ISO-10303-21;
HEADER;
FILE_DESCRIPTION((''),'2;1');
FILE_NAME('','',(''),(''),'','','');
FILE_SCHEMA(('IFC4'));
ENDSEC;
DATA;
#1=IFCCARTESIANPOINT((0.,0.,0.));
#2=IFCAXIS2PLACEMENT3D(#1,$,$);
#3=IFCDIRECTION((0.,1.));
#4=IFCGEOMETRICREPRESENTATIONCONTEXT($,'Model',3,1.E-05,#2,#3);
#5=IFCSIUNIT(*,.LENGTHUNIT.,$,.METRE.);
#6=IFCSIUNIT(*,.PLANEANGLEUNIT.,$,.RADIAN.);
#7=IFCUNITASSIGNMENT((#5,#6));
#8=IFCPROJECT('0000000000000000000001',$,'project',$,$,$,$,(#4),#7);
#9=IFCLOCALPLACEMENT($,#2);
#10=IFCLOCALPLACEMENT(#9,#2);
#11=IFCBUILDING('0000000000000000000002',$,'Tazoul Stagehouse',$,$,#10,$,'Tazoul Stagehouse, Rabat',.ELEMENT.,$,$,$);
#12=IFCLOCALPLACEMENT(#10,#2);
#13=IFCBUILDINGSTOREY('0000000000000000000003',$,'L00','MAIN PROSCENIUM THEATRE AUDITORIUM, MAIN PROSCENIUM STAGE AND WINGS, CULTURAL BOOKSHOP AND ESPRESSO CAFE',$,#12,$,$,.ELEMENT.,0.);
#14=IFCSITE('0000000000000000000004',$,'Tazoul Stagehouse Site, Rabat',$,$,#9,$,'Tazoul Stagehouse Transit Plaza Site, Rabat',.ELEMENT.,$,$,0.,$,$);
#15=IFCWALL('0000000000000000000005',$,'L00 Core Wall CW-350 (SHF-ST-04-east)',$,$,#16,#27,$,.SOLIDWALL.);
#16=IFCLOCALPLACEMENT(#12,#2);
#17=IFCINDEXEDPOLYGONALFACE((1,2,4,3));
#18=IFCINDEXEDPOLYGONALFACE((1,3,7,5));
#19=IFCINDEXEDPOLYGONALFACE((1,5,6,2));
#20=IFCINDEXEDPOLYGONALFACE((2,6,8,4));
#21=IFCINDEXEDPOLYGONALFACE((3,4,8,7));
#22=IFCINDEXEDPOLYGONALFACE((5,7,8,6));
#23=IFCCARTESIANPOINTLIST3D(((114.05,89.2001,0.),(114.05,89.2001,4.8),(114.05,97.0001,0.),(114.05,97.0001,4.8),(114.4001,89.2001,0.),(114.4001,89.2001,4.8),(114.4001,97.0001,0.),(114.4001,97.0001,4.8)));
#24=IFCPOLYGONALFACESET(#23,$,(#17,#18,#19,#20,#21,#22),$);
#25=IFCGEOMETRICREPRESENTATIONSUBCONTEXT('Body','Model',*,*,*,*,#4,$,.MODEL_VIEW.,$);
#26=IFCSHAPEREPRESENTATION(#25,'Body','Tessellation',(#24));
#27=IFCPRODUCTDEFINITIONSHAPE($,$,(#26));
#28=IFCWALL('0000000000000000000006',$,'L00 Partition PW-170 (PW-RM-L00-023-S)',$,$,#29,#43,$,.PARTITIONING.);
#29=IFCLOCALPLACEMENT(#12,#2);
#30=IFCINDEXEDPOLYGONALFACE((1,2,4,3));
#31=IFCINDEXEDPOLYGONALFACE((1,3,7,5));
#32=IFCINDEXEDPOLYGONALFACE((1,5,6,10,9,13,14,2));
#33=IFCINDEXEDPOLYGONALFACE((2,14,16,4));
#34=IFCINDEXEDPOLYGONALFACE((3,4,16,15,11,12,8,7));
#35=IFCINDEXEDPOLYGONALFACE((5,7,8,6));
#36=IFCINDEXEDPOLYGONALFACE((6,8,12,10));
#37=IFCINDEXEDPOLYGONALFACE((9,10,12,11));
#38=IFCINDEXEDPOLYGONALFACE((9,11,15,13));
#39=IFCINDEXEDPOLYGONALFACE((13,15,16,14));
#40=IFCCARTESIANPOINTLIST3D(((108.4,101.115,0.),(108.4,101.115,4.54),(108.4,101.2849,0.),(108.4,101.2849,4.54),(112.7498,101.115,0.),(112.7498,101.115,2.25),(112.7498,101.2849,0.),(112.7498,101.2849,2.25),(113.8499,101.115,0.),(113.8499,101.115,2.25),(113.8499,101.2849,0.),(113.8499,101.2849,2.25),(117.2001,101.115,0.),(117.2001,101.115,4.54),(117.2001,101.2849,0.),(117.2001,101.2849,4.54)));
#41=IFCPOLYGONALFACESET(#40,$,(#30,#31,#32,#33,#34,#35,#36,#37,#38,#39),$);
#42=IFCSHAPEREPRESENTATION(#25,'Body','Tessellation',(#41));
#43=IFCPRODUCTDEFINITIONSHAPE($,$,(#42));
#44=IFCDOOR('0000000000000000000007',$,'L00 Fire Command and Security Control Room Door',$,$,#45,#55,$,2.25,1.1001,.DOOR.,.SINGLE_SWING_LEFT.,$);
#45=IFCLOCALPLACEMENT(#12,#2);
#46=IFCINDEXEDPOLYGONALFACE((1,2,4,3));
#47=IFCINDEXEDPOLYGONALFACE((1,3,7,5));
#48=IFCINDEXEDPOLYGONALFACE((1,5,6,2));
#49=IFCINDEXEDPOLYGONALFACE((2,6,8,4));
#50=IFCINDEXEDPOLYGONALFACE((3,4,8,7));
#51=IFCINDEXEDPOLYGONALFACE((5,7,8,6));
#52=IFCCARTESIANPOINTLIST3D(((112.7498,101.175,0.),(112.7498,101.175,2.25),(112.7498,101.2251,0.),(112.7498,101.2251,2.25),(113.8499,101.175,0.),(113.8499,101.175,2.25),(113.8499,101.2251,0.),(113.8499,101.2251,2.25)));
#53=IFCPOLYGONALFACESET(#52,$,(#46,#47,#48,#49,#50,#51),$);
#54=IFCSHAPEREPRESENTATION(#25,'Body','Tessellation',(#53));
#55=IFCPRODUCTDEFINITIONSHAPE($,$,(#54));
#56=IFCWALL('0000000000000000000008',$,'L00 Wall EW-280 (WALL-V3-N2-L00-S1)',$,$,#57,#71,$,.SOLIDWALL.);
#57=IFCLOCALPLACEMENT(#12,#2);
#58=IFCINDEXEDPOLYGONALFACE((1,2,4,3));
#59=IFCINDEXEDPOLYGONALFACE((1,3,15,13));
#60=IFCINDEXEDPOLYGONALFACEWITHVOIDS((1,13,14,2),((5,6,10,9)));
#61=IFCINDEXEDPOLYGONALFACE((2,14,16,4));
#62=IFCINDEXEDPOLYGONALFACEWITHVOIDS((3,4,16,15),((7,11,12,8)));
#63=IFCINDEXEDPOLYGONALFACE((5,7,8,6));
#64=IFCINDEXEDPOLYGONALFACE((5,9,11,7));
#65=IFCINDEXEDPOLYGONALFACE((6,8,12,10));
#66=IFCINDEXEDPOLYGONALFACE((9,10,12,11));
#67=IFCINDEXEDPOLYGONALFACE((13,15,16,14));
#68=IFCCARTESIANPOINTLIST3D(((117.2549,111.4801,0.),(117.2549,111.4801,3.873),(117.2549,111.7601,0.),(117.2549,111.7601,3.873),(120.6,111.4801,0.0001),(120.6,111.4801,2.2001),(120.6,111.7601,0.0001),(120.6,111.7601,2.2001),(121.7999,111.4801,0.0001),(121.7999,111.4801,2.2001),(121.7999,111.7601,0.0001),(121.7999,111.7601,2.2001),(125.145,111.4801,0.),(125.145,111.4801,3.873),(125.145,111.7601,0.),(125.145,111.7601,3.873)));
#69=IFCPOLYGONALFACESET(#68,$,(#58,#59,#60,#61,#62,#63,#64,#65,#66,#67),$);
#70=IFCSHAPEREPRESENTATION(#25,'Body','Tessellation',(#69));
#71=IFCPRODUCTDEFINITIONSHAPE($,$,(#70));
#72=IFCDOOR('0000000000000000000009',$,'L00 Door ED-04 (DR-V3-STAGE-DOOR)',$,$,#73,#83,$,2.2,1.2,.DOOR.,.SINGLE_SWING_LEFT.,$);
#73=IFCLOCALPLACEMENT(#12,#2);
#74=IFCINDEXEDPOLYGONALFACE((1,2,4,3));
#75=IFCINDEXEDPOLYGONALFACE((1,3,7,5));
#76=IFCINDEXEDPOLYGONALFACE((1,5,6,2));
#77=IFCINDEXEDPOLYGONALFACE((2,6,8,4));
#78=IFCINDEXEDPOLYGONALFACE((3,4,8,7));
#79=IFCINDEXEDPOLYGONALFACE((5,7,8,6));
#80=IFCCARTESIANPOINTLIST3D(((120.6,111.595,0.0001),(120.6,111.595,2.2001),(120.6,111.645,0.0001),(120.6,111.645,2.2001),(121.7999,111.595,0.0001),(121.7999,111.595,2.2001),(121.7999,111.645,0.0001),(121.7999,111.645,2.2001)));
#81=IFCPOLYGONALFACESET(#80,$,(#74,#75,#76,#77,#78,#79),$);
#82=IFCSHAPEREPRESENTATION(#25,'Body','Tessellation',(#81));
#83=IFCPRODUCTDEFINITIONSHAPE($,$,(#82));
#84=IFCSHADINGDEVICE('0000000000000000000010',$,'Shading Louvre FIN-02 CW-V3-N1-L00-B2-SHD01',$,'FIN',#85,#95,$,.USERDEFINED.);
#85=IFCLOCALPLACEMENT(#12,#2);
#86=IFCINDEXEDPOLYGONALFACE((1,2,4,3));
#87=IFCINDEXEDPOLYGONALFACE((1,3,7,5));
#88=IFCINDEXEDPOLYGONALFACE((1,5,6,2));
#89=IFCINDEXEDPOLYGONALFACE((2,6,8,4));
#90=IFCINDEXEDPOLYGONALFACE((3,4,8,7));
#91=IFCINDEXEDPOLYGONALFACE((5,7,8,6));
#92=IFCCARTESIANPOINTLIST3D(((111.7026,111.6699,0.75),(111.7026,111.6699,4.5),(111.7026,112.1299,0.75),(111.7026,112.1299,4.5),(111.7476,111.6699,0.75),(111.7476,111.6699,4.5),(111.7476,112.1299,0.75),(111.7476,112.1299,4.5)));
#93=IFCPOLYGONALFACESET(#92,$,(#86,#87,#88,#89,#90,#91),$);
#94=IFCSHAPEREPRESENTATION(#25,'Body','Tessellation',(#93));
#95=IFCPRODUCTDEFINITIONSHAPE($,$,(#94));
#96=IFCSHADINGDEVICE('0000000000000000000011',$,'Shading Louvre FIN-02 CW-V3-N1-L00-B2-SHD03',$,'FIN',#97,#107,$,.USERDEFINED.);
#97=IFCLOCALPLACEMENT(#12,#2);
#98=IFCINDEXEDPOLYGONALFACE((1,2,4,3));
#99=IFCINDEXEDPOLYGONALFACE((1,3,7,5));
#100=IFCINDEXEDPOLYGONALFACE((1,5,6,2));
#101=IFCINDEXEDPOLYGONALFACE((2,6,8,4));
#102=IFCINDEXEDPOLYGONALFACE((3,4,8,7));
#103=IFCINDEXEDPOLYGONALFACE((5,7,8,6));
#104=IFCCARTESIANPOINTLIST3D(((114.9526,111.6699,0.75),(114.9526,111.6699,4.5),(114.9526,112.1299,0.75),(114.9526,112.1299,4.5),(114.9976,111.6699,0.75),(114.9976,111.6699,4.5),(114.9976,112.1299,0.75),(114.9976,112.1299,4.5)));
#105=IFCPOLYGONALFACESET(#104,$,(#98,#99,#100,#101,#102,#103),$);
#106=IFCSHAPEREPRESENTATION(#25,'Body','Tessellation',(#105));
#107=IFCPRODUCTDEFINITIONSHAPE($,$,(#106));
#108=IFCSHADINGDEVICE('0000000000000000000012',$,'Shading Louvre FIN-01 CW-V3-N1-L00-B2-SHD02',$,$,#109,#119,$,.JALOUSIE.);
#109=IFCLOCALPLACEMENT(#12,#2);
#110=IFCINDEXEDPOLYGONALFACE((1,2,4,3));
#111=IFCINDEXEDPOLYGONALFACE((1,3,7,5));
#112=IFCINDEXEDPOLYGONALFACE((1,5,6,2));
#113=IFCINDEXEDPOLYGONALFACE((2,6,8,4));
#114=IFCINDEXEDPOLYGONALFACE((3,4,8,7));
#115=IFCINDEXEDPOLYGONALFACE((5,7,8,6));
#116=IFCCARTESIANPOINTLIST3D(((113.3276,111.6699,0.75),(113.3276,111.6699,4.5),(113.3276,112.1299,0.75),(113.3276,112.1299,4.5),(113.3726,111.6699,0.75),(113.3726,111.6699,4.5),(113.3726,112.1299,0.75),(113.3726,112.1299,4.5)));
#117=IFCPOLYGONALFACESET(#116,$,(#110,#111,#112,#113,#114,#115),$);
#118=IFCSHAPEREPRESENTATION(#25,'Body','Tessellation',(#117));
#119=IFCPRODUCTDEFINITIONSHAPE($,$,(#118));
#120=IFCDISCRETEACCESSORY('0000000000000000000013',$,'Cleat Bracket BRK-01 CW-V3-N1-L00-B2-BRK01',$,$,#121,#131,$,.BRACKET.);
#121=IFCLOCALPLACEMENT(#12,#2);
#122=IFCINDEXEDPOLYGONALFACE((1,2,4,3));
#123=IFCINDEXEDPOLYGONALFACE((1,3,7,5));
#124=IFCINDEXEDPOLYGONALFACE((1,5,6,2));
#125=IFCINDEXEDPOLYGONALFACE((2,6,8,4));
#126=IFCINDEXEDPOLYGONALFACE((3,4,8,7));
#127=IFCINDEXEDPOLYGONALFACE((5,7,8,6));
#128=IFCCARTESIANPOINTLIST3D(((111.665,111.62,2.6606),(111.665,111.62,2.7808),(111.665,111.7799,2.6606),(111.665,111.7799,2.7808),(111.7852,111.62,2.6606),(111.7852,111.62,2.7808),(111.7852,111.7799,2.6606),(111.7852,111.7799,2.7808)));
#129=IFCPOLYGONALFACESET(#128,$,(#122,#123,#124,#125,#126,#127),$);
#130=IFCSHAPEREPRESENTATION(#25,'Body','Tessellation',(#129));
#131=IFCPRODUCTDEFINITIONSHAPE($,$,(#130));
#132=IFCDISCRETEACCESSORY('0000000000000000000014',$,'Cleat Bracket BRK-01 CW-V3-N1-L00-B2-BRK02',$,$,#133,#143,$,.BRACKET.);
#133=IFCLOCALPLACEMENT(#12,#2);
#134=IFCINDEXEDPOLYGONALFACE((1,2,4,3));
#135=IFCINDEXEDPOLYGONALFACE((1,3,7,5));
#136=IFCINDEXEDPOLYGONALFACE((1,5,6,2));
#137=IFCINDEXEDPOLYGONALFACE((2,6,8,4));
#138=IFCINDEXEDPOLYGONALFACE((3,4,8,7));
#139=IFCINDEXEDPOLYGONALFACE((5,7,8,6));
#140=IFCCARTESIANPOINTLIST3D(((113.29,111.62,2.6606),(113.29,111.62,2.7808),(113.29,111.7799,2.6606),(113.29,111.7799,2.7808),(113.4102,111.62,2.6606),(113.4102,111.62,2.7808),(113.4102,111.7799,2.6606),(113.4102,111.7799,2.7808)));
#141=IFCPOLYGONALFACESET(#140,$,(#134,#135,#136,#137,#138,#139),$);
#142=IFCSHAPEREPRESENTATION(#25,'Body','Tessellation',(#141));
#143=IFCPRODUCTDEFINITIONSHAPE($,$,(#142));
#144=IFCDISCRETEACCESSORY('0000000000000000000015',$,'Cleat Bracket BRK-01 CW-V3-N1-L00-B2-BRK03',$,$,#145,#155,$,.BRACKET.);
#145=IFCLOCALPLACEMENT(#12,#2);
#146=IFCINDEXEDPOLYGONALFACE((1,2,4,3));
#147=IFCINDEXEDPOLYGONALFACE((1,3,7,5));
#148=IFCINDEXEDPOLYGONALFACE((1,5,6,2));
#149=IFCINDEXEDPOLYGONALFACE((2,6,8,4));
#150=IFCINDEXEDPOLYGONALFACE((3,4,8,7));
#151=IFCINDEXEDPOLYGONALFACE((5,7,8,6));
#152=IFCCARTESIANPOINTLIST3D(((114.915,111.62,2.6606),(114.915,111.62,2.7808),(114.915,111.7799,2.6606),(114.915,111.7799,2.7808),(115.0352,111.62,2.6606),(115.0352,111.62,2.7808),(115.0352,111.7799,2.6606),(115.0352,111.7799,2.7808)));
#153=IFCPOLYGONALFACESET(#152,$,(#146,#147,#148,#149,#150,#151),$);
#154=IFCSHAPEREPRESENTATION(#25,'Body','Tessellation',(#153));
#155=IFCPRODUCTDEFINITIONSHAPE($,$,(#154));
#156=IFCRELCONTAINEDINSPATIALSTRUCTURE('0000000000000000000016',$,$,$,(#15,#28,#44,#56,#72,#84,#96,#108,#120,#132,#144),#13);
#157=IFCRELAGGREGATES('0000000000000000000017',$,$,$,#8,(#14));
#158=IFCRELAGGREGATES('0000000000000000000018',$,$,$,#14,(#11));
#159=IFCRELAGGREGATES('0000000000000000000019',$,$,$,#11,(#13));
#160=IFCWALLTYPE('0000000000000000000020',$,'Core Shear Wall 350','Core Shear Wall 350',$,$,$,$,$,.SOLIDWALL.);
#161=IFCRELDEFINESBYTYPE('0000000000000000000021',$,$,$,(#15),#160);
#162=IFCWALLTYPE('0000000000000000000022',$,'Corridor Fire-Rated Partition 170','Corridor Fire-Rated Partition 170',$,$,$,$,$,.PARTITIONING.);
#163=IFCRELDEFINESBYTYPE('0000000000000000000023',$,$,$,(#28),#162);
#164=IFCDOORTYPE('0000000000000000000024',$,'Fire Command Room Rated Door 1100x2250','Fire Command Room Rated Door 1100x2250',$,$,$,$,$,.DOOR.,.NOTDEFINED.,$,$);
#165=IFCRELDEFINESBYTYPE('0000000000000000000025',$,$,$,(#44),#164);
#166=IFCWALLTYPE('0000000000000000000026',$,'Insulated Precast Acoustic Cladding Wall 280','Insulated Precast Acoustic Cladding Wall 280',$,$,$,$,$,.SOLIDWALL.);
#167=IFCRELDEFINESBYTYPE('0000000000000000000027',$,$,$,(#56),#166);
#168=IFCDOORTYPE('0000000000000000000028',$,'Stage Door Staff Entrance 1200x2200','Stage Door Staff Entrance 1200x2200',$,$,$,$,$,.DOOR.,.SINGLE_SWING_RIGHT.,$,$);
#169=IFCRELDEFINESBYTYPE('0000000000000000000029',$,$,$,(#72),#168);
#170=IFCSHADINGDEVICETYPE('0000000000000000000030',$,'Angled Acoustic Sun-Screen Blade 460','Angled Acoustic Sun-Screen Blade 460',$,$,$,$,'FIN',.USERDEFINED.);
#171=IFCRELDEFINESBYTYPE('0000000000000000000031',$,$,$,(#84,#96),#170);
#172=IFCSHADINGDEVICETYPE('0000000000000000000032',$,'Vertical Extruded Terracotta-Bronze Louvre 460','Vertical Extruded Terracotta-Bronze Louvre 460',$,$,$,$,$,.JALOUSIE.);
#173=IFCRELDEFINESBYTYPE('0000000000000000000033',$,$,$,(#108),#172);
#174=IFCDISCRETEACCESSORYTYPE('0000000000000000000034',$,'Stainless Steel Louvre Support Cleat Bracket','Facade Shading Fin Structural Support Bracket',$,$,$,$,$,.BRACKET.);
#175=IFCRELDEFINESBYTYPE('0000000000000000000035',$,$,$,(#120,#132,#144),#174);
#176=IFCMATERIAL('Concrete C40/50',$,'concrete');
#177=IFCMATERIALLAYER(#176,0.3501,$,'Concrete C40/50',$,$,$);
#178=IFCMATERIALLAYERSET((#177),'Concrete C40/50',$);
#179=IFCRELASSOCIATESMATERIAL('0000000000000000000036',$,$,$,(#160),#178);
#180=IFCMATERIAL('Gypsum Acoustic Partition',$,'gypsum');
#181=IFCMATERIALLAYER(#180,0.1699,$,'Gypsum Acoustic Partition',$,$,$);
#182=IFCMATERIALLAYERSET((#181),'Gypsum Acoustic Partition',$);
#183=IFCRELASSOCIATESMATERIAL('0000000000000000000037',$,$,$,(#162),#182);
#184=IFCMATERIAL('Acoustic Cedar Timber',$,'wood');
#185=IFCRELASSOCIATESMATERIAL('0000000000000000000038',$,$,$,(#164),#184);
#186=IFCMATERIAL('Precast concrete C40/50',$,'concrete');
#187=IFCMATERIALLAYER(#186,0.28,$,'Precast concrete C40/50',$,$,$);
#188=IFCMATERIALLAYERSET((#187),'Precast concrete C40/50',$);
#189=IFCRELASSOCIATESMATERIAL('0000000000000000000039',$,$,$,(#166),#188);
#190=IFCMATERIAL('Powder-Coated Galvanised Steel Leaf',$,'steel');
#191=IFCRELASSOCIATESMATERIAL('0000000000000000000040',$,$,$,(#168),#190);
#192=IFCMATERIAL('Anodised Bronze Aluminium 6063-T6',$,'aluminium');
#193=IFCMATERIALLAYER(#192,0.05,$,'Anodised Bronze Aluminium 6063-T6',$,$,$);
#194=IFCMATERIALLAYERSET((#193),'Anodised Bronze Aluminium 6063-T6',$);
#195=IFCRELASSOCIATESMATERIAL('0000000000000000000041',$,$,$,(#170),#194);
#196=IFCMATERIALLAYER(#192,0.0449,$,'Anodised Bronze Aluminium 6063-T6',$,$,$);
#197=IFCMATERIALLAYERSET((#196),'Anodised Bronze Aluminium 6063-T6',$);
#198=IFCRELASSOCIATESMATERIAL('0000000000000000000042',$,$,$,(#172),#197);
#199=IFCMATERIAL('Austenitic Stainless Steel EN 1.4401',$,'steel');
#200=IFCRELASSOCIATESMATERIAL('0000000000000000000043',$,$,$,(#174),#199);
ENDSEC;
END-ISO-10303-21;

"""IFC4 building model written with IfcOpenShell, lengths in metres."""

from ifc_helpers import new_model, si_unit, direction, frame, frame_2d, origin, origin_2d, place, context, subcontext, project, spatial, rectangle, extrude, material, layer, layer_set, type_object, element, fill, save


model = new_model("IFC4")

# Units and contexts
model_context = context("Model", 3, precision=1e-05, world=origin(), true_north=direction((0.0, 1.0)))
body_context = subcontext(model_context, "Body", "Model", "MODEL_VIEW")
ifc_project = project(units=[si_unit("LENGTHUNIT", "METRE"), si_unit("PLANEANGLEUNIT", "RADIAN")], contexts=[model_context])

# Site, building, storey
site_placement = place(None, origin())
site = spatial("IfcSite", under=ifc_project, at=site_placement, Name="Tazoul Stagehouse Site, Rabat", LongName="Tazoul Stagehouse Transit Plaza Site, Rabat", CompositionType="ELEMENT", RefElevation=0.0)
building_placement = place(site_placement, origin())
building = spatial("IfcBuilding", under=site, at=building_placement, Name="Tazoul Stagehouse", LongName="Tazoul Stagehouse, Rabat", CompositionType="ELEMENT")
storey_placement = place(building_placement, origin())
storey = spatial("IfcBuildingStorey", under=building, at=storey_placement, Name="L00", Description="MAIN PROSCENIUM THEATRE AUDITORIUM, MAIN PROSCENIUM STAGE AND WINGS, CULTURAL BOOKSHOP AND ESPRESSO CAFE", CompositionType="ELEMENT", Elevation=0.0)

# Shared definitions
ifc_material_1 = material(Name="Concrete C40/50", Category="concrete")

# Shared definitions
ifc_material_2 = material(Name="Anodised Bronze Aluminium 6063-T6", Category="aluminium")

# Shared definitions
ifc_material_3 = material(Name="Gypsum Acoustic Partition", Category="gypsum")
ifc_material_4 = material(Name="Acoustic Cedar Timber", Category="wood")
ifc_layer_1 = layer(ifc_material_1, 0.3501, Name="Concrete C40/50")
ifc_layer_set_1 = layer_set([ifc_layer_1], Name="Concrete C40/50")
wall_type_1 = type_object("IfcWallType", Name="Core Shear Wall 350", Description="Core Shear Wall 350", PredefinedType="SOLIDWALL", material=ifc_layer_set_1)

# Wall
wall_1_placement = place(storey_placement, frame((114.2251, 97.0, 0.0), z_axis=(0.0, 0.0, 1.0), x_axis=(0.0, -1.0, 0.0)))
element("IfcWall", 1, at=wall_1_placement, inside=storey, type_object=wall_type_1, Name="L00 Core Wall CW-350 (SHF-ST-04-east)", PredefinedType="SOLIDWALL", context=body_context, shape_type="SweptSolid", body=[
    extrude(rectangle(XDim=7.8, YDim=0.3501, at=frame_2d((3.8999, 0.0))), origin(), (0.0, 0.0, 1.0), 4.8),
])

# Walls, openings, doors
ifc_layer_2 = layer(ifc_material_3, 0.1699, Name="Gypsum Acoustic Partition")
ifc_layer_set_2 = layer_set([ifc_layer_2], Name="Gypsum Acoustic Partition")
wall_type_2 = type_object("IfcWallType", Name="Corridor Fire-Rated Partition 170", Description="Corridor Fire-Rated Partition 170", PredefinedType="PARTITIONING", material=ifc_layer_set_2)
wall_2_placement = place(storey_placement, frame((117.2, 101.2, 0.0), z_axis=(0.0, 0.0, 1.0), x_axis=(-1.0, 0.0, 0.0)))
wall_2 = element("IfcWall", 2, at=wall_2_placement, inside=storey, type_object=wall_type_2, Name="L00 Partition PW-170 (PW-RM-L00-023-S)", PredefinedType="PARTITIONING", context=body_context, shape_type="SweptSolid", body=[
    extrude(rectangle(XDim=8.8, YDim=0.1699, at=frame_2d((4.3999, 0.0))), origin(), (0.0, 0.0, 1.0), 4.54),
])
opening_1_placement = place(wall_2_placement, frame((3.3501, 0.0, 0.0)))
opening_1 = element("IfcOpeningElement", 3, at=opening_1_placement, cuts=wall_2, PredefinedType="OPENING", context=body_context, shape_type="SweptSolid", body=[
    extrude(rectangle(XDim=1.1001, YDim=2.25, at=frame_2d((0.55, 1.125))), frame((0.0, 0.105, 0.0), z_axis=(0.0, -1.0, 0.0), x_axis=(1.0, 0.0, 0.0)), (0.0, 0.0, 1.0), 0.21),
])
door_type_1 = type_object("IfcDoorType", Name="Fire Command Room Rated Door 1100x2250", Description="Fire Command Room Rated Door 1100x2250", OperationType="NOTDEFINED", PredefinedType="DOOR", material=ifc_material_4)
door_1_placement = place(opening_1_placement, origin())
door_1 = element("IfcDoor", 4, at=door_1_placement, inside=storey, type_object=door_type_1, Name="L00 Fire Command and Security Control Room Door", OperationType="SINGLE_SWING_LEFT", OverallHeight=2.25, OverallWidth=1.1001, PredefinedType="DOOR", context=body_context, shape_type="SweptSolid", body=[
    extrude(rectangle(XDim=1.1001, YDim=2.25, at=frame_2d((0.55, 1.125))), frame((0.0, 0.0249, 0.0), z_axis=(0.0, -1.0, 0.0), x_axis=(1.0, 0.0, 0.0)), (0.0, 0.0, 1.0), 0.05),
])
fill(opening_1, door_1)
ifc_material_5 = material(Name="Precast concrete C40/50", Category="concrete")
ifc_layer_3 = layer(ifc_material_5, 0.28, Name="Precast concrete C40/50")
ifc_layer_set_3 = layer_set([ifc_layer_3], Name="Precast concrete C40/50")
wall_type_3 = type_object("IfcWallType", Name="Insulated Precast Acoustic Cladding Wall 280", Description="Insulated Precast Acoustic Cladding Wall 280", PredefinedType="SOLIDWALL", material=ifc_layer_set_3)
wall_3_placement = place(storey_placement, frame((117.2549, 111.6201, 0.0), z_axis=(0.0, 0.0, 1.0), x_axis=(1.0, 0.0, 0.0)))
wall_3 = element("IfcWall", 5, at=wall_3_placement, inside=storey, type_object=wall_type_3, Name="L00 Wall EW-280 (WALL-V3-N2-L00-S1)", PredefinedType="SOLIDWALL", context=body_context, shape_type="SweptSolid", body=[
    extrude(rectangle(XDim=7.8901, YDim=0.28, at=frame_2d((3.9451, 0.0))), origin(), (0.0, 0.0, 1.0), 3.873),
])
opening_2_placement = place(wall_3_placement, frame((3.345, 0.0, 0.0)))
opening_2 = element("IfcOpeningElement", 6, at=opening_2_placement, cuts=wall_3, PredefinedType="OPENING", context=body_context, shape_type="SweptSolid", body=[
    extrude(rectangle(XDim=1.2, YDim=2.2, at=frame_2d((0.6001, 1.1001))), frame((0.0, 0.1599, 0.0), z_axis=(0.0, -1.0, 0.0), x_axis=(1.0, 0.0, 0.0)), (0.0, 0.0, 1.0), 0.3201),
])
ifc_material_6 = material(Name="Powder-Coated Galvanised Steel Leaf", Category="steel")
door_type_2 = type_object("IfcDoorType", Name="Stage Door Staff Entrance 1200x2200", Description="Stage Door Staff Entrance 1200x2200", OperationType="SINGLE_SWING_RIGHT", PredefinedType="DOOR", material=ifc_material_6)
door_2_placement = place(opening_2_placement, origin())
door_2 = element("IfcDoor", 7, at=door_2_placement, inside=storey, type_object=door_type_2, Name="L00 Door ED-04 (DR-V3-STAGE-DOOR)", OperationType="SINGLE_SWING_LEFT", OverallHeight=2.2, OverallWidth=1.2, PredefinedType="DOOR", context=body_context, shape_type="SweptSolid", body=[
    extrude(rectangle(XDim=1.2, YDim=2.2, at=frame_2d((0.6001, 1.1001))), frame((0.0, 0.0249, 0.0), z_axis=(0.0, -1.0, 0.0), x_axis=(1.0, 0.0, 0.0)), (0.0, 0.0, 1.0), 0.05),
])
fill(opening_2, door_2)

# Shading devices
ifc_layer_4 = layer(ifc_material_2, 0.05, Name="Anodised Bronze Aluminium 6063-T6")
ifc_layer_set_4 = layer_set([ifc_layer_4], Name="Anodised Bronze Aluminium 6063-T6")
shading_device_type_1 = type_object("IfcShadingDeviceType", Name="Angled Acoustic Sun-Screen Blade 460", Description="Angled Acoustic Sun-Screen Blade 460", ElementType="FIN", PredefinedType="USERDEFINED", material=ifc_layer_set_4)
for number, where, z_axis, x_axis, name in (
    (8, (111.7251, 111.8999, 0.75), (0.0, 0.0, 1.0), (1.0, 0.0, 0.0), "Shading Louvre FIN-02 CW-V3-N1-L00-B2-SHD01"),
    (9, (114.9751, 111.8999, 0.75), (0.0, 0.0, 1.0), (1.0, 0.0, 0.0), "Shading Louvre FIN-02 CW-V3-N1-L00-B2-SHD03"),
):
    element("IfcShadingDevice", number, at=place(storey_placement, frame(where, z_axis=z_axis, x_axis=x_axis)), inside=storey, type_object=shading_device_type_1, Name=name, ObjectType="FIN", PredefinedType="USERDEFINED", context=body_context, shape_type="SweptSolid", body=[
        extrude(rectangle(XDim=0.0449, YDim=0.46, at=origin_2d()), origin(), (0.0, 0.0, 1.0), 3.75),
    ])
ifc_layer_5 = layer(ifc_material_2, 0.0449, Name="Anodised Bronze Aluminium 6063-T6")
ifc_layer_set_5 = layer_set([ifc_layer_5], Name="Anodised Bronze Aluminium 6063-T6")
shading_device_type_2 = type_object("IfcShadingDeviceType", Name="Vertical Extruded Terracotta-Bronze Louvre 460", Description="Vertical Extruded Terracotta-Bronze Louvre 460", PredefinedType="JALOUSIE", material=ifc_layer_set_5)
shading_device_placement = place(storey_placement, frame((113.3501, 111.8999, 0.75), z_axis=(0.0, 0.0, 1.0), x_axis=(1.0, 0.0, 0.0)))
element("IfcShadingDevice", 10, at=shading_device_placement, inside=storey, type_object=shading_device_type_2, Name="Shading Louvre FIN-01 CW-V3-N1-L00-B2-SHD02", PredefinedType="JALOUSIE", context=body_context, shape_type="SweptSolid", body=[
    extrude(rectangle(XDim=0.0449, YDim=0.46, at=origin_2d()), origin(), (0.0, 0.0, 1.0), 3.75),
])

# Discrete accessories
ifc_material_7 = material(Name="Austenitic Stainless Steel EN 1.4401", Category="steel")
discrete_accessory_type = type_object("IfcDiscreteAccessoryType", Name="Stainless Steel Louvre Support Cleat Bracket", Description="Facade Shading Fin Structural Support Bracket", PredefinedType="BRACKET", material=ifc_material_7)
for number, where, z_axis, x_axis, name in (
    (11, (111.7251, 111.7, 2.6606), (0.0, 0.0, 1.0), (1.0, 0.0, 0.0), "Cleat Bracket BRK-01 CW-V3-N1-L00-B2-BRK01"),
    (12, (113.3501, 111.7, 2.6606), (0.0, 0.0, 1.0), (1.0, 0.0, 0.0), "Cleat Bracket BRK-01 CW-V3-N1-L00-B2-BRK02"),
    (13, (114.9751, 111.7, 2.6606), (0.0, 0.0, 1.0), (1.0, 0.0, 0.0), "Cleat Bracket BRK-01 CW-V3-N1-L00-B2-BRK03"),
):
    element("IfcDiscreteAccessory", number, at=place(storey_placement, frame(where, z_axis=z_axis, x_axis=x_axis)), inside=storey, type_object=discrete_accessory_type, Name=name, PredefinedType="BRACKET", context=body_context, shape_type="SweptSolid", body=[
        extrude(rectangle(XDim=0.1201, YDim=0.1599, at=origin_2d()), origin(), (0.0, 0.0, 1.0), 0.1201),
    ])

save(model, "model.ifc")
